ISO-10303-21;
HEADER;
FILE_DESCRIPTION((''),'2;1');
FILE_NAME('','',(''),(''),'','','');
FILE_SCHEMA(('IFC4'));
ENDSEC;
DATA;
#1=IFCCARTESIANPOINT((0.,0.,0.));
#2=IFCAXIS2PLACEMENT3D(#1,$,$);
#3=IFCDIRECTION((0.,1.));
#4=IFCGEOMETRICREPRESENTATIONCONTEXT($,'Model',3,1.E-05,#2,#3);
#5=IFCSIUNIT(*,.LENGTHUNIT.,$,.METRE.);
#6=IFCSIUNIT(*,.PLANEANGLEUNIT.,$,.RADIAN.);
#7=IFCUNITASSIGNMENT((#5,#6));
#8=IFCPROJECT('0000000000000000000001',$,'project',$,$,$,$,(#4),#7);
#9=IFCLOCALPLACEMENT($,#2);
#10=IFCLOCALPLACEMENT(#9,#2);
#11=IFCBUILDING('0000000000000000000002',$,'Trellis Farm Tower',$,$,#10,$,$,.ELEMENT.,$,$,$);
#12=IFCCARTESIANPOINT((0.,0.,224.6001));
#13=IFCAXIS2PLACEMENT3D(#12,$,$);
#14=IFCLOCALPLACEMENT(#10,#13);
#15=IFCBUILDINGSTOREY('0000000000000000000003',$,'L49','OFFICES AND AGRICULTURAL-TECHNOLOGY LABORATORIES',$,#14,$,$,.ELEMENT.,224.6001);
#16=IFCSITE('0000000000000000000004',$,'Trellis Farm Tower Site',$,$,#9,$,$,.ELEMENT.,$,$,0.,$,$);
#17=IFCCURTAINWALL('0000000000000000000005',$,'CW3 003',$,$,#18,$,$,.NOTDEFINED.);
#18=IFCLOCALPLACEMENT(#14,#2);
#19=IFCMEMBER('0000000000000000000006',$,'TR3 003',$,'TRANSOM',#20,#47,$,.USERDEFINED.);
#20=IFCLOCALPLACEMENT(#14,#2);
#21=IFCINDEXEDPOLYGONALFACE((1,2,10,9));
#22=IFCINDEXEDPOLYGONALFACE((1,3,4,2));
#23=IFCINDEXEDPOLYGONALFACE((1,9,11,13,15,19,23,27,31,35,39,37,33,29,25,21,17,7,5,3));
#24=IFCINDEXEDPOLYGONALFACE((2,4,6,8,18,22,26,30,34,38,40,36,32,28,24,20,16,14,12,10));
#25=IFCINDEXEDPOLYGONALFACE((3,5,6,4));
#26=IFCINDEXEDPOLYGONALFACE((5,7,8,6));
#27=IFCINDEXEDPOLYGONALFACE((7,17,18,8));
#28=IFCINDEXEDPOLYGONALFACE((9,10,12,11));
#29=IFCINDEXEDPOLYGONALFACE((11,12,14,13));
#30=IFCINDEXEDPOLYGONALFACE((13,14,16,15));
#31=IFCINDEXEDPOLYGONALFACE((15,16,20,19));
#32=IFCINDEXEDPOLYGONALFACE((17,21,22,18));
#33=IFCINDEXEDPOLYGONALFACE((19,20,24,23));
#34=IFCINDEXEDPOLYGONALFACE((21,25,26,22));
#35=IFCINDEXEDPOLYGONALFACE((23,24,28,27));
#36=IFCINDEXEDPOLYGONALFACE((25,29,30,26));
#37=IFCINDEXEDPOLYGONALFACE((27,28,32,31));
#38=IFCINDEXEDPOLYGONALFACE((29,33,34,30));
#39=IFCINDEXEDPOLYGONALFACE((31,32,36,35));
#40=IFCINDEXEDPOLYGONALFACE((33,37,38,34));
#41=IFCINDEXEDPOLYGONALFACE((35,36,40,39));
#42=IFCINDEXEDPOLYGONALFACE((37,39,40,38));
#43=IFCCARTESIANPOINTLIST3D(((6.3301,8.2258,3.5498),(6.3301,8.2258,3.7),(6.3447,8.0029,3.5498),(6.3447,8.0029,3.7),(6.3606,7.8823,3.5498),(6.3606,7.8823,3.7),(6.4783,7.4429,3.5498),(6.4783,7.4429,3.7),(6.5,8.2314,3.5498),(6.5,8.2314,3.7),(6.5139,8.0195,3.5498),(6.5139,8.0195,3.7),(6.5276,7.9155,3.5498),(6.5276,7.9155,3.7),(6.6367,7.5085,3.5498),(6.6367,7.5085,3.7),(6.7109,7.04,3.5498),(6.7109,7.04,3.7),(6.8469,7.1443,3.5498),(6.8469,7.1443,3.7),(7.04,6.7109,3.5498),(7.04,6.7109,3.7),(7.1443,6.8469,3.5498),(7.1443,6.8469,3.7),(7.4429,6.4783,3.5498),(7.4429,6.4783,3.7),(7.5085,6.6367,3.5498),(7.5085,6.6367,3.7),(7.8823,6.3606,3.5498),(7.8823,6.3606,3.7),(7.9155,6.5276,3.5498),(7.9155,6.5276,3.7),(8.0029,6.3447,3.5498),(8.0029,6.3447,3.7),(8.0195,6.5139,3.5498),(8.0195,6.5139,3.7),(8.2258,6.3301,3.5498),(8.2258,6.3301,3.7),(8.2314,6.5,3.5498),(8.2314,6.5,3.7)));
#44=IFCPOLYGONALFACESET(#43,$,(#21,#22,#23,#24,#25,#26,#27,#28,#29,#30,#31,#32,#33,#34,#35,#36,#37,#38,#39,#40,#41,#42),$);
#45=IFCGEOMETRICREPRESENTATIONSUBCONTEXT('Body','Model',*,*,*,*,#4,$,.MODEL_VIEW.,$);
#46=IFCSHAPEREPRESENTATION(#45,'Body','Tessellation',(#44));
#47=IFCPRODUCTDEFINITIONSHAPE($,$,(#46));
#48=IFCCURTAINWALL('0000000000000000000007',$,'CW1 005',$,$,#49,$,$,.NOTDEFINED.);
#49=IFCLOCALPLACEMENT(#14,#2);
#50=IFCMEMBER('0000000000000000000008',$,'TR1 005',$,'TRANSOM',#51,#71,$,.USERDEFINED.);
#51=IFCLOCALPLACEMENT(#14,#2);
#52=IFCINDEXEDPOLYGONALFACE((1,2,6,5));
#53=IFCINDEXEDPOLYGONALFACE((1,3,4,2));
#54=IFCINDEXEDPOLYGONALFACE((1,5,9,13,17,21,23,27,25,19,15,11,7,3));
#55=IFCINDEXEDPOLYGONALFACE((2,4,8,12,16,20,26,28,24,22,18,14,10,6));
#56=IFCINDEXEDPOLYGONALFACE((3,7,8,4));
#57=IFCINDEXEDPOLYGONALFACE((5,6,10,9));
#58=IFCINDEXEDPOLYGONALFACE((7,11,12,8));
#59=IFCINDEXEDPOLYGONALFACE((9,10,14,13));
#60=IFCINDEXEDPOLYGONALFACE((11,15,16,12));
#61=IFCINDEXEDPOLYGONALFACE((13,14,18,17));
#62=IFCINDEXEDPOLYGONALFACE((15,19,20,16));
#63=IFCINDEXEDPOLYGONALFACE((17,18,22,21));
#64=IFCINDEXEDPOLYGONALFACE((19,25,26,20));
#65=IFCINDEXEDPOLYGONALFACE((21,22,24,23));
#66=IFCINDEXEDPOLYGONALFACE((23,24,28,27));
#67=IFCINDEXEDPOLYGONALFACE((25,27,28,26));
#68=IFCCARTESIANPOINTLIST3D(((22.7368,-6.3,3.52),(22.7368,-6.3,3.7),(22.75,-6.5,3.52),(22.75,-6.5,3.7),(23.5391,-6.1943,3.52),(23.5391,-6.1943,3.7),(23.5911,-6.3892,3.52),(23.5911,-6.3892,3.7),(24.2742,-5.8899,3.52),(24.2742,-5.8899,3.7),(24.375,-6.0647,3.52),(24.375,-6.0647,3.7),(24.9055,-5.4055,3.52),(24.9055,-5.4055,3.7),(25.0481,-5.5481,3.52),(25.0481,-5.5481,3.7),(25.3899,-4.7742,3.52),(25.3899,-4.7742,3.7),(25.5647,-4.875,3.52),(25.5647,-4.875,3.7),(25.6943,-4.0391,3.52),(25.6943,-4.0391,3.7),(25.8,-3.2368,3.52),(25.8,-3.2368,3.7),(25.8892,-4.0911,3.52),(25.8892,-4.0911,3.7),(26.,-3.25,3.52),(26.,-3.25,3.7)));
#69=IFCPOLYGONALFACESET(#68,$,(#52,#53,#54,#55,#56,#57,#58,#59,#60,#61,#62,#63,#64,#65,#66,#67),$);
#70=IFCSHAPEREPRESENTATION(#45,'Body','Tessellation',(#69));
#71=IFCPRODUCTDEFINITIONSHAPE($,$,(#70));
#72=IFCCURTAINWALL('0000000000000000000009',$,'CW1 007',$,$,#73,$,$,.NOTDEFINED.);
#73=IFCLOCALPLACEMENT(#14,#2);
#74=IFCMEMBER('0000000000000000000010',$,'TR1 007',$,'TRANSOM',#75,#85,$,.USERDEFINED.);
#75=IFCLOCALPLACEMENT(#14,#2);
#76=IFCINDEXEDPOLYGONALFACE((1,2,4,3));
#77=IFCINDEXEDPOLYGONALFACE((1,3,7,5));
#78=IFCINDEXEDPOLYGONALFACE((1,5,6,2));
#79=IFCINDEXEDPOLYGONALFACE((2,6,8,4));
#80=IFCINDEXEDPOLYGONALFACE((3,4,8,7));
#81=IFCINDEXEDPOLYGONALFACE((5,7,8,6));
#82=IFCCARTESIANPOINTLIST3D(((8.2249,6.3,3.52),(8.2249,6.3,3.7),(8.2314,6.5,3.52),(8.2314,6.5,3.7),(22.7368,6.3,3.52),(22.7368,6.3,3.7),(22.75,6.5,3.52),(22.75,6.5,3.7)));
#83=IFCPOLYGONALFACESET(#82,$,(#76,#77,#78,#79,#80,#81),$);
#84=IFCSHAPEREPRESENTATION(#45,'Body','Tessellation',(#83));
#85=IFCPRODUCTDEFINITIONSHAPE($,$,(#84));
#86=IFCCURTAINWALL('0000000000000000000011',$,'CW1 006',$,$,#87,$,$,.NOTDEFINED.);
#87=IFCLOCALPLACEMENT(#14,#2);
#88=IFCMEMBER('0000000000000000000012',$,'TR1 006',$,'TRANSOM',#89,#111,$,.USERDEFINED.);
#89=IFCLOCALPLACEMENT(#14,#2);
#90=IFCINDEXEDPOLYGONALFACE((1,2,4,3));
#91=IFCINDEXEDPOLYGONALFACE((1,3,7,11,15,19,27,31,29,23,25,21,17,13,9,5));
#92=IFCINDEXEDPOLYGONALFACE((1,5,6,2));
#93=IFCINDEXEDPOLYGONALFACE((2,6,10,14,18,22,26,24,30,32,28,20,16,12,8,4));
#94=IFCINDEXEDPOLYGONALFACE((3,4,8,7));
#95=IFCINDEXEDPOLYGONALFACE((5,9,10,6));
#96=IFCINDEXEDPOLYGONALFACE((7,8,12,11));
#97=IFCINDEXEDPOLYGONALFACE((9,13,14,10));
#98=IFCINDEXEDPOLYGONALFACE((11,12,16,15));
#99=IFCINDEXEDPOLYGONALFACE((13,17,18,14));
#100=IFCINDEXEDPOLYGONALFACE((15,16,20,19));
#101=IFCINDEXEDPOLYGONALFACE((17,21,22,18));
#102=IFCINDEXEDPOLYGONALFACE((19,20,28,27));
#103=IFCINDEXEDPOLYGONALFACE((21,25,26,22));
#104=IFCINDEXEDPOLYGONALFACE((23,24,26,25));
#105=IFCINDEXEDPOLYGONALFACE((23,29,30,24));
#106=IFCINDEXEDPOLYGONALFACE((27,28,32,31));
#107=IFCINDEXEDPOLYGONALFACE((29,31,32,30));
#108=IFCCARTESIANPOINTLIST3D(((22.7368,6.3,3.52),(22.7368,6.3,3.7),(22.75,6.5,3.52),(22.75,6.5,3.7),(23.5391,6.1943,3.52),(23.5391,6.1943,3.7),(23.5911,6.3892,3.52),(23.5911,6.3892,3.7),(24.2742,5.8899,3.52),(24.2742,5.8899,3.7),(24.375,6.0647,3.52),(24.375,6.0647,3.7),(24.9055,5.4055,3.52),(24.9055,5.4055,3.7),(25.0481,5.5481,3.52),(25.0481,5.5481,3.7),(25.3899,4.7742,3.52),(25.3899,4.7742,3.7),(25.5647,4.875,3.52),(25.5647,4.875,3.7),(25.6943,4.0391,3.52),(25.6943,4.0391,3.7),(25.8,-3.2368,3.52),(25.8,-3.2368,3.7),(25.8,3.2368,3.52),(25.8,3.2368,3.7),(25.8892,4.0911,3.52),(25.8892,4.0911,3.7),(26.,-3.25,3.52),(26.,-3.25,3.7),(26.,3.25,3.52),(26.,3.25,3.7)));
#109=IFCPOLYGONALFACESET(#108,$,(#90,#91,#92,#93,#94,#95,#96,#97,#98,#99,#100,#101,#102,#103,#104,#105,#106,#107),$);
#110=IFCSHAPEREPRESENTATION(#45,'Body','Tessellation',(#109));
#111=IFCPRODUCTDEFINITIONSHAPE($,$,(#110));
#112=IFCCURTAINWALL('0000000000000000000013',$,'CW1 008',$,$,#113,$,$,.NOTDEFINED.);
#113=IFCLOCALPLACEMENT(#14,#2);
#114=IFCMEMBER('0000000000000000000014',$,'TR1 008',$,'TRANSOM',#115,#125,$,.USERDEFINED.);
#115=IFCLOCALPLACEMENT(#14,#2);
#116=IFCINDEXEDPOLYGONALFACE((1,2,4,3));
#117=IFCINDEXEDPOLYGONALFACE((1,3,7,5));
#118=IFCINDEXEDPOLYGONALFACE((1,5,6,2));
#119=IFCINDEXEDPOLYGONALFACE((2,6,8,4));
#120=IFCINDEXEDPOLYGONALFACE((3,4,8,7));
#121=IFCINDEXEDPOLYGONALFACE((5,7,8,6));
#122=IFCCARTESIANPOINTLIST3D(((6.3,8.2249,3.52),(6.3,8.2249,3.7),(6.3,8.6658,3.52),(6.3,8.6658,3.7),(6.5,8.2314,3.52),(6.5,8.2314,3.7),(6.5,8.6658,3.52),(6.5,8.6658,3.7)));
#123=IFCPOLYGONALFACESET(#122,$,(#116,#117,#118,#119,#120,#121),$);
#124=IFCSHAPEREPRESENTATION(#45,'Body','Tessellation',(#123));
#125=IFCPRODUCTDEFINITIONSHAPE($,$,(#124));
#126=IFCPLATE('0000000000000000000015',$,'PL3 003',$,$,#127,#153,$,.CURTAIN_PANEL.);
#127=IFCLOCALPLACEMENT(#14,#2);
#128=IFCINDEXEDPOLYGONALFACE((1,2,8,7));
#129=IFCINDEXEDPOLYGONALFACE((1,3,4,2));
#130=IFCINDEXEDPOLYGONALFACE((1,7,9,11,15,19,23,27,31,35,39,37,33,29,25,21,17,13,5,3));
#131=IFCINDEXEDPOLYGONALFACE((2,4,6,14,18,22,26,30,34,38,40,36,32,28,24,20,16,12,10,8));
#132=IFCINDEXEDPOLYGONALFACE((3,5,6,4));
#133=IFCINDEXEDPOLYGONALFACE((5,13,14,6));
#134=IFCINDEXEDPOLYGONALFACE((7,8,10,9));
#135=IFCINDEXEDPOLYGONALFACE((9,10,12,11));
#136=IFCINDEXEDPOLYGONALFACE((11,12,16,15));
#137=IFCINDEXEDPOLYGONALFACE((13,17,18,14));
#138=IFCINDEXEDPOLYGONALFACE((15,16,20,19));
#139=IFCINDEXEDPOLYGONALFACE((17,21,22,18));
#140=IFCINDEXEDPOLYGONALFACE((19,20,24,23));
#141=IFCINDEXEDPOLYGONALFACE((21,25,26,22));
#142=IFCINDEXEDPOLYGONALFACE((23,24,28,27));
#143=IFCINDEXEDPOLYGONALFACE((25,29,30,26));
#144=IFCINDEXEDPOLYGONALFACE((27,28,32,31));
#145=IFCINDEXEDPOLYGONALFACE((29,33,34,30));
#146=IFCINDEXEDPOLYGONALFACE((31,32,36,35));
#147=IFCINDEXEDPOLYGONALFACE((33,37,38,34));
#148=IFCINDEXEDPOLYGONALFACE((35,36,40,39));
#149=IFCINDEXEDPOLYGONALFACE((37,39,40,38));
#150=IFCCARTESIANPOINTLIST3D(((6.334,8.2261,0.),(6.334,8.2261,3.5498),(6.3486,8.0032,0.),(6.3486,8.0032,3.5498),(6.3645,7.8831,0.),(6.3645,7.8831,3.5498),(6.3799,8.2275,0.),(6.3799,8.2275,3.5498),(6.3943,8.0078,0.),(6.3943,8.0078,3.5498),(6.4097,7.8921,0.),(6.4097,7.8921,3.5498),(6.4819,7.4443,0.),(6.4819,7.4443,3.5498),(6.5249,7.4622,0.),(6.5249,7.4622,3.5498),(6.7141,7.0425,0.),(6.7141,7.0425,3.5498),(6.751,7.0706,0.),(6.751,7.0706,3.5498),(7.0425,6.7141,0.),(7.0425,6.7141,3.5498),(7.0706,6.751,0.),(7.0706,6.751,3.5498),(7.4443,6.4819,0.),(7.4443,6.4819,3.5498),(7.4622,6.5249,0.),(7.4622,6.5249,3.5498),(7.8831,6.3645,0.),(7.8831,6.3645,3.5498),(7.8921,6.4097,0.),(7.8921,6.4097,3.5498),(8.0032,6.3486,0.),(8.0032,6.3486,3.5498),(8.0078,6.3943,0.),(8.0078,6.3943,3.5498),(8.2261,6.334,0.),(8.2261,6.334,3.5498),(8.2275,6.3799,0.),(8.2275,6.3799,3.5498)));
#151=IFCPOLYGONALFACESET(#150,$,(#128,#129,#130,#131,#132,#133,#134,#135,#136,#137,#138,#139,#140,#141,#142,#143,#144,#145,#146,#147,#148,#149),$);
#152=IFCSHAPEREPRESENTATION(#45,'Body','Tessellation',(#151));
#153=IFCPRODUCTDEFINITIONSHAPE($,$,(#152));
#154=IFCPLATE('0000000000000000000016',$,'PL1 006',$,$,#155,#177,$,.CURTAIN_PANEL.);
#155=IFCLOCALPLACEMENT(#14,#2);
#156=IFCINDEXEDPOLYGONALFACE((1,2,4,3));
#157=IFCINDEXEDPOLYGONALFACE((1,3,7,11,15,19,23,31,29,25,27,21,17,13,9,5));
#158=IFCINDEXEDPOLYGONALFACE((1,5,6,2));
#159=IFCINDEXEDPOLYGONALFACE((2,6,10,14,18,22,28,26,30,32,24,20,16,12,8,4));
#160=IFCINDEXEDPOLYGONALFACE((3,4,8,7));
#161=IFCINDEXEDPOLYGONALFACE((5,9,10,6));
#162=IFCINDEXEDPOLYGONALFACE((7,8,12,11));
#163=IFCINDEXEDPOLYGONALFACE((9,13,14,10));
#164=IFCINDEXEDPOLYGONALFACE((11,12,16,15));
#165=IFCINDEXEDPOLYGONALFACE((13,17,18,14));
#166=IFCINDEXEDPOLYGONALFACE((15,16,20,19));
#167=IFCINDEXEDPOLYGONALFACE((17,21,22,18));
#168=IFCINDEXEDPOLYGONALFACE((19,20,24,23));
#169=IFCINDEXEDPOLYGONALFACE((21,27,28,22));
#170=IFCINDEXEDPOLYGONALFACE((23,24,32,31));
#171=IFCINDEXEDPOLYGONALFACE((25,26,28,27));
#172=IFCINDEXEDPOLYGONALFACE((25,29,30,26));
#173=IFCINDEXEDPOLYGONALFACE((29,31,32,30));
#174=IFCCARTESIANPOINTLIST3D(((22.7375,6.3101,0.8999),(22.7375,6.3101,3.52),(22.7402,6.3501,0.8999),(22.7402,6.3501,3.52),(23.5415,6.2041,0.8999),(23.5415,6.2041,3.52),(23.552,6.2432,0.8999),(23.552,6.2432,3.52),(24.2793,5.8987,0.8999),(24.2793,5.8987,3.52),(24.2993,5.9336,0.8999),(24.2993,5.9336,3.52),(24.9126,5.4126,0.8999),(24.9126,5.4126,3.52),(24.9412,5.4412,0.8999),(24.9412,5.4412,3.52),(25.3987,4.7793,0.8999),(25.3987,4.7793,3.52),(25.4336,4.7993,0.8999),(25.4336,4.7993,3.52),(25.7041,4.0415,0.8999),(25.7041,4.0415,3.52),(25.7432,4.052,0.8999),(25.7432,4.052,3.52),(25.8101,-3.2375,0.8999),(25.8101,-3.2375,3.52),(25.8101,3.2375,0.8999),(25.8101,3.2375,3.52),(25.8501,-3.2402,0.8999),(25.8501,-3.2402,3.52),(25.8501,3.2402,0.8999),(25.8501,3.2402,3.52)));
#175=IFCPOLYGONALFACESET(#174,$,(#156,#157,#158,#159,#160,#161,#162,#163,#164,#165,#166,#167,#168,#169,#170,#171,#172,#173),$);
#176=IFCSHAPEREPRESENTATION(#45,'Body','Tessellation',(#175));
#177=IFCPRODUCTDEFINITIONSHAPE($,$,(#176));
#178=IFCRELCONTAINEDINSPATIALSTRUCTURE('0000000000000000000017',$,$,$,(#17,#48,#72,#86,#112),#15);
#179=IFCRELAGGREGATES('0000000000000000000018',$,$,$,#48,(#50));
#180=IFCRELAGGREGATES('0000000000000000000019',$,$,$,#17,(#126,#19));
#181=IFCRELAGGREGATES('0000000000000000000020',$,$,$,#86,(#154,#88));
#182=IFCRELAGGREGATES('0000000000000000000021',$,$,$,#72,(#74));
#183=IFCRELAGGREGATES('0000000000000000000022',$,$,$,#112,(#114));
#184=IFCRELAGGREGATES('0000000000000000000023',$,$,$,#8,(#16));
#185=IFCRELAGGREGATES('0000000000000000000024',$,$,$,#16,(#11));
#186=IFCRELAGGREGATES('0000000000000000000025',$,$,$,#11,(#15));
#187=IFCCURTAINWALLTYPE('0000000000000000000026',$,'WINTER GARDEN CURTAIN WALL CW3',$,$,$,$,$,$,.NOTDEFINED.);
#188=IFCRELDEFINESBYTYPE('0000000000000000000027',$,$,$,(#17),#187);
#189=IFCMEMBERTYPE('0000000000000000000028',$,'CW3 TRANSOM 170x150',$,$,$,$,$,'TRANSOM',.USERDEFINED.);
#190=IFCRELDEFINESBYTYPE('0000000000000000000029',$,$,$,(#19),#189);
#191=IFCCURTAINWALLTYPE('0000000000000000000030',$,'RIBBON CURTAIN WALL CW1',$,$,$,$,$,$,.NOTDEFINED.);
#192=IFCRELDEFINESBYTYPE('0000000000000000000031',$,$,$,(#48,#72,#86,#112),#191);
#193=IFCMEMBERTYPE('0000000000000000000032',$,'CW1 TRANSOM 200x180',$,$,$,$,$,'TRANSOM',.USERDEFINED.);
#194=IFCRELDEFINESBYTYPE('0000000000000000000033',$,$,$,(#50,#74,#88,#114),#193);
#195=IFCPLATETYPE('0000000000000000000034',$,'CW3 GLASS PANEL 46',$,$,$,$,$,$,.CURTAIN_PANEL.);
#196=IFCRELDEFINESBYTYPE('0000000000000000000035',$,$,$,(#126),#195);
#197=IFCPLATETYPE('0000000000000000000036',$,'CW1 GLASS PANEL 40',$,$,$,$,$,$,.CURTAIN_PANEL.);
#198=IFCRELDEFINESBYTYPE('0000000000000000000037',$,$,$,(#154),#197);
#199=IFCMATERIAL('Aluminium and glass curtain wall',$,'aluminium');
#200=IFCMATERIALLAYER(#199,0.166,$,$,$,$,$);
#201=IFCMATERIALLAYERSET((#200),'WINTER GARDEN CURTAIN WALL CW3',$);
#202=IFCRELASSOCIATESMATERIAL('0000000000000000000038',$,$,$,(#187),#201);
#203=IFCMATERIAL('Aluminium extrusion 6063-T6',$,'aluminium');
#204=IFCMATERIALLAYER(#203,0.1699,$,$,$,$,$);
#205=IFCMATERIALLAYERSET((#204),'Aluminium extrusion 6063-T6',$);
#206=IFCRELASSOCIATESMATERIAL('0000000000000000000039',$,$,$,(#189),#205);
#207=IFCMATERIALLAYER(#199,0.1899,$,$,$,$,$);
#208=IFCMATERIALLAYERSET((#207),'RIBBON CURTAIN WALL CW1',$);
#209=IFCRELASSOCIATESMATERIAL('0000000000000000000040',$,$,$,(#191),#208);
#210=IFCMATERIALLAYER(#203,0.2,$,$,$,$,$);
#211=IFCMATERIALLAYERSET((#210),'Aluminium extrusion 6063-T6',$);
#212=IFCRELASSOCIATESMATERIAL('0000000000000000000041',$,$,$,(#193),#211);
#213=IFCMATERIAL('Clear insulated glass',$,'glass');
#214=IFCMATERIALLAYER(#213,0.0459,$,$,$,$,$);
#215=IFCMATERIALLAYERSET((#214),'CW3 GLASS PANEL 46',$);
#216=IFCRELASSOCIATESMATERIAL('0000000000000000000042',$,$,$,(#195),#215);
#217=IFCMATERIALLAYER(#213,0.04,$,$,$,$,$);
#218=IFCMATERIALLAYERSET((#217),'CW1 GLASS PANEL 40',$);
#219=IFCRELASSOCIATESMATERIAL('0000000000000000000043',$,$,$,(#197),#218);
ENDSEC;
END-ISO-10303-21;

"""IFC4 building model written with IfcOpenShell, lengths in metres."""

from ifc_helpers import new_model, si_unit, direction, frame, origin, place, context, subcontext, project, spatial, polyline, outline, extrude, source, transform, mapped, material, layer, layer_set, type_object, element, aggregate, save


model = new_model("IFC4")

# Units and contexts
model_context = context("Model", 3, precision=1e-05, world=origin(), true_north=direction((0.0, 1.0)))
body_context = subcontext(model_context, "Body", "Model", "MODEL_VIEW")
ifc_project = project(units=[si_unit("LENGTHUNIT", "METRE"), si_unit("PLANEANGLEUNIT", "RADIAN")], contexts=[model_context])

# Site, building, storey
site_placement = place(None, origin())
site = spatial("IfcSite", under=ifc_project, at=site_placement, Name="Trellis Farm Tower Site", CompositionType="ELEMENT", RefElevation=0.0)
building_placement = place(site_placement, origin())
building = spatial("IfcBuilding", under=site, at=building_placement, Name="Trellis Farm Tower", CompositionType="ELEMENT")
storey_placement = place(building_placement, frame((0.0, 0.0, 224.6001)))
storey = spatial("IfcBuildingStorey", under=building, at=storey_placement, Name="L49", Description="OFFICES AND AGRICULTURAL-TECHNOLOGY LABORATORIES", CompositionType="ELEMENT", Elevation=224.6001)

# Curtain walls, members
ifc_material_1 = material(Name="Aluminium and glass curtain wall", Category="aluminium")
ifc_layer_1 = layer(ifc_material_1, 0.166)
ifc_layer_set_1 = layer_set([ifc_layer_1], Name="WINTER GARDEN CURTAIN WALL CW3")
curtain_wall_type_1 = type_object("IfcCurtainWallType", Name="WINTER GARDEN CURTAIN WALL CW3", PredefinedType="NOTDEFINED", material=ifc_layer_set_1)
placement_1 = place(storey_placement, origin())
curtain_wall_1 = element("IfcCurtainWall", 1, at=placement_1, inside=storey, type_object=curtain_wall_type_1, Name="CW3 003", PredefinedType="NOTDEFINED")
ifc_material_2 = material(Name="Aluminium extrusion 6063-T6", Category="aluminium")
ifc_layer_2 = layer(ifc_material_2, 0.1699)
ifc_layer_set_2 = layer_set([ifc_layer_2], Name="Aluminium extrusion 6063-T6")
member_type_1 = type_object("IfcMemberType", Name="CW3 TRANSOM 170x150", ElementType="TRANSOM", PredefinedType="USERDEFINED", material=ifc_layer_set_2)
shared_shape_1 = source(origin(), body_context, "Body", "SweptSolid", [
    extrude(outline(polyline([(8.2314, 6.5), (8.0195, 6.5139), (7.9155, 6.5276), (7.5085, 6.6367), (7.1443, 6.8469), (6.8469, 7.1443), (6.6367, 7.5085), (6.5276, 7.9155), (6.5139, 8.0195), (6.5, 8.2314), (6.3301, 8.2258), (6.3447, 8.0029), (6.3606, 7.8823), (6.4783, 7.4429), (6.7109, 7.04), (7.04, 6.7109), (7.4429, 6.4783), (7.8823, 6.3606), (8.0029, 6.3447), (8.2258, 6.3301), (8.2314, 6.5)])), origin(), (0.0, 0.0, 1.0), 0.1501),
])
member_1_placement = place(storey_placement, frame((0.0, 0.0, 3.5498)))
member_1 = element("IfcMember", 2, at=member_1_placement, type_object=member_type_1, Name="TR3 003", ObjectType="TRANSOM", PredefinedType="USERDEFINED", context=body_context, shape_type="MappedRepresentation", body=[
    mapped(shared_shape_1, transform((0.0, 0.0, 0.0))),
])
ifc_layer_3 = layer(ifc_material_1, 0.1899)
ifc_layer_set_3 = layer_set([ifc_layer_3], Name="RIBBON CURTAIN WALL CW1")
curtain_wall_type_2 = type_object("IfcCurtainWallType", Name="RIBBON CURTAIN WALL CW1", PredefinedType="NOTDEFINED", material=ifc_layer_set_3)
curtain_wall_2 = element("IfcCurtainWall", 3, at=placement_1, inside=storey, type_object=curtain_wall_type_2, Name="CW1 005", PredefinedType="NOTDEFINED")
ifc_layer_4 = layer(ifc_material_2, 0.2)
ifc_layer_set_4 = layer_set([ifc_layer_4], Name="Aluminium extrusion 6063-T6")
member_type_2 = type_object("IfcMemberType", Name="CW1 TRANSOM 200x180", ElementType="TRANSOM", PredefinedType="USERDEFINED", material=ifc_layer_set_4)
shared_shape_2 = source(origin(), body_context, "Body", "SweptSolid", [
    extrude(outline(polyline([(22.75, -6.5), (23.5911, -6.3892), (24.375, -6.0647), (25.0481, -5.5481), (25.5647, -4.875), (25.8892, -4.0911), (26.0, -3.25), (25.8, -3.2368), (25.6943, -4.0391), (25.3899, -4.7742), (24.9055, -5.4055), (24.2742, -5.8899), (23.5391, -6.1943), (22.7368, -6.3), (22.75, -6.5)])), origin(), (0.0, 0.0, 1.0), 0.1799),
])
placement_2 = place(storey_placement, frame((0.0, 0.0, 3.52)))
member_2 = element("IfcMember", 4, at=placement_2, type_object=member_type_2, Name="TR1 005", ObjectType="TRANSOM", PredefinedType="USERDEFINED", context=body_context, shape_type="MappedRepresentation", body=[
    mapped(shared_shape_2, transform((0.0, 0.0, 0.0))),
])
aggregate(curtain_wall_2, [member_2])
curtain_wall_3 = element("IfcCurtainWall", 5, at=placement_1, inside=storey, type_object=curtain_wall_type_2, Name="CW1 007", PredefinedType="NOTDEFINED")
shared_shape_3 = source(origin(), body_context, "Body", "SweptSolid", [
    extrude(outline(polyline([(22.75, 6.5), (8.2314, 6.5), (8.2249, 6.3), (22.7368, 6.3), (22.75, 6.5)])), origin(), (0.0, 0.0, 1.0), 0.1799),
])
member_3 = element("IfcMember", 6, at=placement_2, type_object=member_type_2, Name="TR1 007", ObjectType="TRANSOM", PredefinedType="USERDEFINED", context=body_context, shape_type="MappedRepresentation", body=[
    mapped(shared_shape_3, transform((0.0, 0.0, 0.0))),
])
curtain_wall_4 = element("IfcCurtainWall", 7, at=placement_1, inside=storey, type_object=curtain_wall_type_2, Name="CW1 006", PredefinedType="NOTDEFINED")
shared_shape_4 = source(origin(), body_context, "Body", "SweptSolid", [
    extrude(outline(polyline([(26.0, -3.25), (26.0, 3.25), (25.8892, 4.0911), (25.5647, 4.875), (25.0481, 5.5481), (24.375, 6.0647), (23.5911, 6.3892), (22.75, 6.5), (22.7368, 6.3), (23.5391, 6.1943), (24.2742, 5.8899), (24.9055, 5.4055), (25.3899, 4.7742), (25.6943, 4.0391), (25.8, 3.2368), (25.8, -3.2368), (26.0, -3.25)])), origin(), (0.0, 0.0, 1.0), 0.1799),
])
member_4 = element("IfcMember", 8, at=placement_2, type_object=member_type_2, Name="TR1 006", ObjectType="TRANSOM", PredefinedType="USERDEFINED", context=body_context, shape_type="MappedRepresentation", body=[
    mapped(shared_shape_4, transform((0.0, 0.0, 0.0))),
])
curtain_wall_5 = element("IfcCurtainWall", 9, at=placement_1, inside=storey, type_object=curtain_wall_type_2, Name="CW1 008", PredefinedType="NOTDEFINED")
shared_shape_5 = source(origin(), body_context, "Body", "SweptSolid", [
    extrude(outline(polyline([(6.5, 8.2314), (6.5, 8.6658), (6.3, 8.6658), (6.3, 8.2249), (6.5, 8.2314)])), origin(), (0.0, 0.0, 1.0), 0.1799),
])
member_5 = element("IfcMember", 10, at=placement_2, type_object=member_type_2, Name="TR1 008", ObjectType="TRANSOM", PredefinedType="USERDEFINED", context=body_context, shape_type="MappedRepresentation", body=[
    mapped(shared_shape_5, transform((0.0, 0.0, 0.0))),
])

# Plates
ifc_material_3 = material(Name="Clear insulated glass", Category="glass")
ifc_layer_5 = layer(ifc_material_3, 0.0459)
ifc_layer_set_5 = layer_set([ifc_layer_5], Name="CW3 GLASS PANEL 46")
plate_type_1 = type_object("IfcPlateType", Name="CW3 GLASS PANEL 46", PredefinedType="CURTAIN_PANEL", material=ifc_layer_set_5)
shared_shape_6 = source(origin(), body_context, "Body", "SweptSolid", [
    extrude(outline(polyline([(8.2275, 6.3799), (8.0078, 6.3943), (7.8921, 6.4097), (7.4622, 6.5249), (7.0706, 6.751), (6.751, 7.0706), (6.5249, 7.4622), (6.4097, 7.8921), (6.3943, 8.0078), (6.3799, 8.2275), (6.334, 8.2261), (6.3486, 8.0032), (6.3645, 7.8831), (6.4819, 7.4443), (6.7141, 7.0425), (7.0425, 6.7141), (7.4443, 6.4819), (7.8831, 6.3645), (8.0032, 6.3486), (8.2261, 6.334), (8.2275, 6.3799)])), origin(), (0.0, 0.0, 1.0), 3.5498),
])
plate_1 = element("IfcPlate", 11, at=placement_1, type_object=plate_type_1, Name="PL3 003", PredefinedType="CURTAIN_PANEL", context=body_context, shape_type="MappedRepresentation", body=[
    mapped(shared_shape_6, transform((0.0, 0.0, 0.0))),
])
aggregate(curtain_wall_1, [plate_1, member_1])
ifc_layer_6 = layer(ifc_material_3, 0.04)
ifc_layer_set_6 = layer_set([ifc_layer_6], Name="CW1 GLASS PANEL 40")
plate_type_2 = type_object("IfcPlateType", Name="CW1 GLASS PANEL 40", PredefinedType="CURTAIN_PANEL", material=ifc_layer_set_6)
shared_shape_7 = source(origin(), body_context, "Body", "SweptSolid", [
    extrude(outline(polyline([(25.8501, -3.2402), (25.8501, 3.2402), (25.7432, 4.052), (25.4336, 4.7993), (24.9412, 5.4412), (24.2993, 5.9336), (23.552, 6.2432), (22.7402, 6.3501), (22.7375, 6.3101), (23.5415, 6.2041), (24.2793, 5.8987), (24.9126, 5.4126), (25.3987, 4.7793), (25.7041, 4.0415), (25.8101, 3.2375), (25.8101, -3.2375), (25.8501, -3.2402)])), origin(), (0.0, 0.0, 1.0), 2.6201),
])
placement_3 = place(storey_placement, frame((0.0, 0.0, 0.8999)))
plate_2 = element("IfcPlate", 12, at=placement_3, type_object=plate_type_2, Name="PL1 006", PredefinedType="CURTAIN_PANEL", context=body_context, shape_type="MappedRepresentation", body=[
    mapped(shared_shape_7, transform((0.0, 0.0, 0.0))),
])
aggregate(curtain_wall_4, [plate_2, member_4])
aggregate(curtain_wall_3, [member_3])
aggregate(curtain_wall_5, [member_5])

save(model, "model.ifc")
